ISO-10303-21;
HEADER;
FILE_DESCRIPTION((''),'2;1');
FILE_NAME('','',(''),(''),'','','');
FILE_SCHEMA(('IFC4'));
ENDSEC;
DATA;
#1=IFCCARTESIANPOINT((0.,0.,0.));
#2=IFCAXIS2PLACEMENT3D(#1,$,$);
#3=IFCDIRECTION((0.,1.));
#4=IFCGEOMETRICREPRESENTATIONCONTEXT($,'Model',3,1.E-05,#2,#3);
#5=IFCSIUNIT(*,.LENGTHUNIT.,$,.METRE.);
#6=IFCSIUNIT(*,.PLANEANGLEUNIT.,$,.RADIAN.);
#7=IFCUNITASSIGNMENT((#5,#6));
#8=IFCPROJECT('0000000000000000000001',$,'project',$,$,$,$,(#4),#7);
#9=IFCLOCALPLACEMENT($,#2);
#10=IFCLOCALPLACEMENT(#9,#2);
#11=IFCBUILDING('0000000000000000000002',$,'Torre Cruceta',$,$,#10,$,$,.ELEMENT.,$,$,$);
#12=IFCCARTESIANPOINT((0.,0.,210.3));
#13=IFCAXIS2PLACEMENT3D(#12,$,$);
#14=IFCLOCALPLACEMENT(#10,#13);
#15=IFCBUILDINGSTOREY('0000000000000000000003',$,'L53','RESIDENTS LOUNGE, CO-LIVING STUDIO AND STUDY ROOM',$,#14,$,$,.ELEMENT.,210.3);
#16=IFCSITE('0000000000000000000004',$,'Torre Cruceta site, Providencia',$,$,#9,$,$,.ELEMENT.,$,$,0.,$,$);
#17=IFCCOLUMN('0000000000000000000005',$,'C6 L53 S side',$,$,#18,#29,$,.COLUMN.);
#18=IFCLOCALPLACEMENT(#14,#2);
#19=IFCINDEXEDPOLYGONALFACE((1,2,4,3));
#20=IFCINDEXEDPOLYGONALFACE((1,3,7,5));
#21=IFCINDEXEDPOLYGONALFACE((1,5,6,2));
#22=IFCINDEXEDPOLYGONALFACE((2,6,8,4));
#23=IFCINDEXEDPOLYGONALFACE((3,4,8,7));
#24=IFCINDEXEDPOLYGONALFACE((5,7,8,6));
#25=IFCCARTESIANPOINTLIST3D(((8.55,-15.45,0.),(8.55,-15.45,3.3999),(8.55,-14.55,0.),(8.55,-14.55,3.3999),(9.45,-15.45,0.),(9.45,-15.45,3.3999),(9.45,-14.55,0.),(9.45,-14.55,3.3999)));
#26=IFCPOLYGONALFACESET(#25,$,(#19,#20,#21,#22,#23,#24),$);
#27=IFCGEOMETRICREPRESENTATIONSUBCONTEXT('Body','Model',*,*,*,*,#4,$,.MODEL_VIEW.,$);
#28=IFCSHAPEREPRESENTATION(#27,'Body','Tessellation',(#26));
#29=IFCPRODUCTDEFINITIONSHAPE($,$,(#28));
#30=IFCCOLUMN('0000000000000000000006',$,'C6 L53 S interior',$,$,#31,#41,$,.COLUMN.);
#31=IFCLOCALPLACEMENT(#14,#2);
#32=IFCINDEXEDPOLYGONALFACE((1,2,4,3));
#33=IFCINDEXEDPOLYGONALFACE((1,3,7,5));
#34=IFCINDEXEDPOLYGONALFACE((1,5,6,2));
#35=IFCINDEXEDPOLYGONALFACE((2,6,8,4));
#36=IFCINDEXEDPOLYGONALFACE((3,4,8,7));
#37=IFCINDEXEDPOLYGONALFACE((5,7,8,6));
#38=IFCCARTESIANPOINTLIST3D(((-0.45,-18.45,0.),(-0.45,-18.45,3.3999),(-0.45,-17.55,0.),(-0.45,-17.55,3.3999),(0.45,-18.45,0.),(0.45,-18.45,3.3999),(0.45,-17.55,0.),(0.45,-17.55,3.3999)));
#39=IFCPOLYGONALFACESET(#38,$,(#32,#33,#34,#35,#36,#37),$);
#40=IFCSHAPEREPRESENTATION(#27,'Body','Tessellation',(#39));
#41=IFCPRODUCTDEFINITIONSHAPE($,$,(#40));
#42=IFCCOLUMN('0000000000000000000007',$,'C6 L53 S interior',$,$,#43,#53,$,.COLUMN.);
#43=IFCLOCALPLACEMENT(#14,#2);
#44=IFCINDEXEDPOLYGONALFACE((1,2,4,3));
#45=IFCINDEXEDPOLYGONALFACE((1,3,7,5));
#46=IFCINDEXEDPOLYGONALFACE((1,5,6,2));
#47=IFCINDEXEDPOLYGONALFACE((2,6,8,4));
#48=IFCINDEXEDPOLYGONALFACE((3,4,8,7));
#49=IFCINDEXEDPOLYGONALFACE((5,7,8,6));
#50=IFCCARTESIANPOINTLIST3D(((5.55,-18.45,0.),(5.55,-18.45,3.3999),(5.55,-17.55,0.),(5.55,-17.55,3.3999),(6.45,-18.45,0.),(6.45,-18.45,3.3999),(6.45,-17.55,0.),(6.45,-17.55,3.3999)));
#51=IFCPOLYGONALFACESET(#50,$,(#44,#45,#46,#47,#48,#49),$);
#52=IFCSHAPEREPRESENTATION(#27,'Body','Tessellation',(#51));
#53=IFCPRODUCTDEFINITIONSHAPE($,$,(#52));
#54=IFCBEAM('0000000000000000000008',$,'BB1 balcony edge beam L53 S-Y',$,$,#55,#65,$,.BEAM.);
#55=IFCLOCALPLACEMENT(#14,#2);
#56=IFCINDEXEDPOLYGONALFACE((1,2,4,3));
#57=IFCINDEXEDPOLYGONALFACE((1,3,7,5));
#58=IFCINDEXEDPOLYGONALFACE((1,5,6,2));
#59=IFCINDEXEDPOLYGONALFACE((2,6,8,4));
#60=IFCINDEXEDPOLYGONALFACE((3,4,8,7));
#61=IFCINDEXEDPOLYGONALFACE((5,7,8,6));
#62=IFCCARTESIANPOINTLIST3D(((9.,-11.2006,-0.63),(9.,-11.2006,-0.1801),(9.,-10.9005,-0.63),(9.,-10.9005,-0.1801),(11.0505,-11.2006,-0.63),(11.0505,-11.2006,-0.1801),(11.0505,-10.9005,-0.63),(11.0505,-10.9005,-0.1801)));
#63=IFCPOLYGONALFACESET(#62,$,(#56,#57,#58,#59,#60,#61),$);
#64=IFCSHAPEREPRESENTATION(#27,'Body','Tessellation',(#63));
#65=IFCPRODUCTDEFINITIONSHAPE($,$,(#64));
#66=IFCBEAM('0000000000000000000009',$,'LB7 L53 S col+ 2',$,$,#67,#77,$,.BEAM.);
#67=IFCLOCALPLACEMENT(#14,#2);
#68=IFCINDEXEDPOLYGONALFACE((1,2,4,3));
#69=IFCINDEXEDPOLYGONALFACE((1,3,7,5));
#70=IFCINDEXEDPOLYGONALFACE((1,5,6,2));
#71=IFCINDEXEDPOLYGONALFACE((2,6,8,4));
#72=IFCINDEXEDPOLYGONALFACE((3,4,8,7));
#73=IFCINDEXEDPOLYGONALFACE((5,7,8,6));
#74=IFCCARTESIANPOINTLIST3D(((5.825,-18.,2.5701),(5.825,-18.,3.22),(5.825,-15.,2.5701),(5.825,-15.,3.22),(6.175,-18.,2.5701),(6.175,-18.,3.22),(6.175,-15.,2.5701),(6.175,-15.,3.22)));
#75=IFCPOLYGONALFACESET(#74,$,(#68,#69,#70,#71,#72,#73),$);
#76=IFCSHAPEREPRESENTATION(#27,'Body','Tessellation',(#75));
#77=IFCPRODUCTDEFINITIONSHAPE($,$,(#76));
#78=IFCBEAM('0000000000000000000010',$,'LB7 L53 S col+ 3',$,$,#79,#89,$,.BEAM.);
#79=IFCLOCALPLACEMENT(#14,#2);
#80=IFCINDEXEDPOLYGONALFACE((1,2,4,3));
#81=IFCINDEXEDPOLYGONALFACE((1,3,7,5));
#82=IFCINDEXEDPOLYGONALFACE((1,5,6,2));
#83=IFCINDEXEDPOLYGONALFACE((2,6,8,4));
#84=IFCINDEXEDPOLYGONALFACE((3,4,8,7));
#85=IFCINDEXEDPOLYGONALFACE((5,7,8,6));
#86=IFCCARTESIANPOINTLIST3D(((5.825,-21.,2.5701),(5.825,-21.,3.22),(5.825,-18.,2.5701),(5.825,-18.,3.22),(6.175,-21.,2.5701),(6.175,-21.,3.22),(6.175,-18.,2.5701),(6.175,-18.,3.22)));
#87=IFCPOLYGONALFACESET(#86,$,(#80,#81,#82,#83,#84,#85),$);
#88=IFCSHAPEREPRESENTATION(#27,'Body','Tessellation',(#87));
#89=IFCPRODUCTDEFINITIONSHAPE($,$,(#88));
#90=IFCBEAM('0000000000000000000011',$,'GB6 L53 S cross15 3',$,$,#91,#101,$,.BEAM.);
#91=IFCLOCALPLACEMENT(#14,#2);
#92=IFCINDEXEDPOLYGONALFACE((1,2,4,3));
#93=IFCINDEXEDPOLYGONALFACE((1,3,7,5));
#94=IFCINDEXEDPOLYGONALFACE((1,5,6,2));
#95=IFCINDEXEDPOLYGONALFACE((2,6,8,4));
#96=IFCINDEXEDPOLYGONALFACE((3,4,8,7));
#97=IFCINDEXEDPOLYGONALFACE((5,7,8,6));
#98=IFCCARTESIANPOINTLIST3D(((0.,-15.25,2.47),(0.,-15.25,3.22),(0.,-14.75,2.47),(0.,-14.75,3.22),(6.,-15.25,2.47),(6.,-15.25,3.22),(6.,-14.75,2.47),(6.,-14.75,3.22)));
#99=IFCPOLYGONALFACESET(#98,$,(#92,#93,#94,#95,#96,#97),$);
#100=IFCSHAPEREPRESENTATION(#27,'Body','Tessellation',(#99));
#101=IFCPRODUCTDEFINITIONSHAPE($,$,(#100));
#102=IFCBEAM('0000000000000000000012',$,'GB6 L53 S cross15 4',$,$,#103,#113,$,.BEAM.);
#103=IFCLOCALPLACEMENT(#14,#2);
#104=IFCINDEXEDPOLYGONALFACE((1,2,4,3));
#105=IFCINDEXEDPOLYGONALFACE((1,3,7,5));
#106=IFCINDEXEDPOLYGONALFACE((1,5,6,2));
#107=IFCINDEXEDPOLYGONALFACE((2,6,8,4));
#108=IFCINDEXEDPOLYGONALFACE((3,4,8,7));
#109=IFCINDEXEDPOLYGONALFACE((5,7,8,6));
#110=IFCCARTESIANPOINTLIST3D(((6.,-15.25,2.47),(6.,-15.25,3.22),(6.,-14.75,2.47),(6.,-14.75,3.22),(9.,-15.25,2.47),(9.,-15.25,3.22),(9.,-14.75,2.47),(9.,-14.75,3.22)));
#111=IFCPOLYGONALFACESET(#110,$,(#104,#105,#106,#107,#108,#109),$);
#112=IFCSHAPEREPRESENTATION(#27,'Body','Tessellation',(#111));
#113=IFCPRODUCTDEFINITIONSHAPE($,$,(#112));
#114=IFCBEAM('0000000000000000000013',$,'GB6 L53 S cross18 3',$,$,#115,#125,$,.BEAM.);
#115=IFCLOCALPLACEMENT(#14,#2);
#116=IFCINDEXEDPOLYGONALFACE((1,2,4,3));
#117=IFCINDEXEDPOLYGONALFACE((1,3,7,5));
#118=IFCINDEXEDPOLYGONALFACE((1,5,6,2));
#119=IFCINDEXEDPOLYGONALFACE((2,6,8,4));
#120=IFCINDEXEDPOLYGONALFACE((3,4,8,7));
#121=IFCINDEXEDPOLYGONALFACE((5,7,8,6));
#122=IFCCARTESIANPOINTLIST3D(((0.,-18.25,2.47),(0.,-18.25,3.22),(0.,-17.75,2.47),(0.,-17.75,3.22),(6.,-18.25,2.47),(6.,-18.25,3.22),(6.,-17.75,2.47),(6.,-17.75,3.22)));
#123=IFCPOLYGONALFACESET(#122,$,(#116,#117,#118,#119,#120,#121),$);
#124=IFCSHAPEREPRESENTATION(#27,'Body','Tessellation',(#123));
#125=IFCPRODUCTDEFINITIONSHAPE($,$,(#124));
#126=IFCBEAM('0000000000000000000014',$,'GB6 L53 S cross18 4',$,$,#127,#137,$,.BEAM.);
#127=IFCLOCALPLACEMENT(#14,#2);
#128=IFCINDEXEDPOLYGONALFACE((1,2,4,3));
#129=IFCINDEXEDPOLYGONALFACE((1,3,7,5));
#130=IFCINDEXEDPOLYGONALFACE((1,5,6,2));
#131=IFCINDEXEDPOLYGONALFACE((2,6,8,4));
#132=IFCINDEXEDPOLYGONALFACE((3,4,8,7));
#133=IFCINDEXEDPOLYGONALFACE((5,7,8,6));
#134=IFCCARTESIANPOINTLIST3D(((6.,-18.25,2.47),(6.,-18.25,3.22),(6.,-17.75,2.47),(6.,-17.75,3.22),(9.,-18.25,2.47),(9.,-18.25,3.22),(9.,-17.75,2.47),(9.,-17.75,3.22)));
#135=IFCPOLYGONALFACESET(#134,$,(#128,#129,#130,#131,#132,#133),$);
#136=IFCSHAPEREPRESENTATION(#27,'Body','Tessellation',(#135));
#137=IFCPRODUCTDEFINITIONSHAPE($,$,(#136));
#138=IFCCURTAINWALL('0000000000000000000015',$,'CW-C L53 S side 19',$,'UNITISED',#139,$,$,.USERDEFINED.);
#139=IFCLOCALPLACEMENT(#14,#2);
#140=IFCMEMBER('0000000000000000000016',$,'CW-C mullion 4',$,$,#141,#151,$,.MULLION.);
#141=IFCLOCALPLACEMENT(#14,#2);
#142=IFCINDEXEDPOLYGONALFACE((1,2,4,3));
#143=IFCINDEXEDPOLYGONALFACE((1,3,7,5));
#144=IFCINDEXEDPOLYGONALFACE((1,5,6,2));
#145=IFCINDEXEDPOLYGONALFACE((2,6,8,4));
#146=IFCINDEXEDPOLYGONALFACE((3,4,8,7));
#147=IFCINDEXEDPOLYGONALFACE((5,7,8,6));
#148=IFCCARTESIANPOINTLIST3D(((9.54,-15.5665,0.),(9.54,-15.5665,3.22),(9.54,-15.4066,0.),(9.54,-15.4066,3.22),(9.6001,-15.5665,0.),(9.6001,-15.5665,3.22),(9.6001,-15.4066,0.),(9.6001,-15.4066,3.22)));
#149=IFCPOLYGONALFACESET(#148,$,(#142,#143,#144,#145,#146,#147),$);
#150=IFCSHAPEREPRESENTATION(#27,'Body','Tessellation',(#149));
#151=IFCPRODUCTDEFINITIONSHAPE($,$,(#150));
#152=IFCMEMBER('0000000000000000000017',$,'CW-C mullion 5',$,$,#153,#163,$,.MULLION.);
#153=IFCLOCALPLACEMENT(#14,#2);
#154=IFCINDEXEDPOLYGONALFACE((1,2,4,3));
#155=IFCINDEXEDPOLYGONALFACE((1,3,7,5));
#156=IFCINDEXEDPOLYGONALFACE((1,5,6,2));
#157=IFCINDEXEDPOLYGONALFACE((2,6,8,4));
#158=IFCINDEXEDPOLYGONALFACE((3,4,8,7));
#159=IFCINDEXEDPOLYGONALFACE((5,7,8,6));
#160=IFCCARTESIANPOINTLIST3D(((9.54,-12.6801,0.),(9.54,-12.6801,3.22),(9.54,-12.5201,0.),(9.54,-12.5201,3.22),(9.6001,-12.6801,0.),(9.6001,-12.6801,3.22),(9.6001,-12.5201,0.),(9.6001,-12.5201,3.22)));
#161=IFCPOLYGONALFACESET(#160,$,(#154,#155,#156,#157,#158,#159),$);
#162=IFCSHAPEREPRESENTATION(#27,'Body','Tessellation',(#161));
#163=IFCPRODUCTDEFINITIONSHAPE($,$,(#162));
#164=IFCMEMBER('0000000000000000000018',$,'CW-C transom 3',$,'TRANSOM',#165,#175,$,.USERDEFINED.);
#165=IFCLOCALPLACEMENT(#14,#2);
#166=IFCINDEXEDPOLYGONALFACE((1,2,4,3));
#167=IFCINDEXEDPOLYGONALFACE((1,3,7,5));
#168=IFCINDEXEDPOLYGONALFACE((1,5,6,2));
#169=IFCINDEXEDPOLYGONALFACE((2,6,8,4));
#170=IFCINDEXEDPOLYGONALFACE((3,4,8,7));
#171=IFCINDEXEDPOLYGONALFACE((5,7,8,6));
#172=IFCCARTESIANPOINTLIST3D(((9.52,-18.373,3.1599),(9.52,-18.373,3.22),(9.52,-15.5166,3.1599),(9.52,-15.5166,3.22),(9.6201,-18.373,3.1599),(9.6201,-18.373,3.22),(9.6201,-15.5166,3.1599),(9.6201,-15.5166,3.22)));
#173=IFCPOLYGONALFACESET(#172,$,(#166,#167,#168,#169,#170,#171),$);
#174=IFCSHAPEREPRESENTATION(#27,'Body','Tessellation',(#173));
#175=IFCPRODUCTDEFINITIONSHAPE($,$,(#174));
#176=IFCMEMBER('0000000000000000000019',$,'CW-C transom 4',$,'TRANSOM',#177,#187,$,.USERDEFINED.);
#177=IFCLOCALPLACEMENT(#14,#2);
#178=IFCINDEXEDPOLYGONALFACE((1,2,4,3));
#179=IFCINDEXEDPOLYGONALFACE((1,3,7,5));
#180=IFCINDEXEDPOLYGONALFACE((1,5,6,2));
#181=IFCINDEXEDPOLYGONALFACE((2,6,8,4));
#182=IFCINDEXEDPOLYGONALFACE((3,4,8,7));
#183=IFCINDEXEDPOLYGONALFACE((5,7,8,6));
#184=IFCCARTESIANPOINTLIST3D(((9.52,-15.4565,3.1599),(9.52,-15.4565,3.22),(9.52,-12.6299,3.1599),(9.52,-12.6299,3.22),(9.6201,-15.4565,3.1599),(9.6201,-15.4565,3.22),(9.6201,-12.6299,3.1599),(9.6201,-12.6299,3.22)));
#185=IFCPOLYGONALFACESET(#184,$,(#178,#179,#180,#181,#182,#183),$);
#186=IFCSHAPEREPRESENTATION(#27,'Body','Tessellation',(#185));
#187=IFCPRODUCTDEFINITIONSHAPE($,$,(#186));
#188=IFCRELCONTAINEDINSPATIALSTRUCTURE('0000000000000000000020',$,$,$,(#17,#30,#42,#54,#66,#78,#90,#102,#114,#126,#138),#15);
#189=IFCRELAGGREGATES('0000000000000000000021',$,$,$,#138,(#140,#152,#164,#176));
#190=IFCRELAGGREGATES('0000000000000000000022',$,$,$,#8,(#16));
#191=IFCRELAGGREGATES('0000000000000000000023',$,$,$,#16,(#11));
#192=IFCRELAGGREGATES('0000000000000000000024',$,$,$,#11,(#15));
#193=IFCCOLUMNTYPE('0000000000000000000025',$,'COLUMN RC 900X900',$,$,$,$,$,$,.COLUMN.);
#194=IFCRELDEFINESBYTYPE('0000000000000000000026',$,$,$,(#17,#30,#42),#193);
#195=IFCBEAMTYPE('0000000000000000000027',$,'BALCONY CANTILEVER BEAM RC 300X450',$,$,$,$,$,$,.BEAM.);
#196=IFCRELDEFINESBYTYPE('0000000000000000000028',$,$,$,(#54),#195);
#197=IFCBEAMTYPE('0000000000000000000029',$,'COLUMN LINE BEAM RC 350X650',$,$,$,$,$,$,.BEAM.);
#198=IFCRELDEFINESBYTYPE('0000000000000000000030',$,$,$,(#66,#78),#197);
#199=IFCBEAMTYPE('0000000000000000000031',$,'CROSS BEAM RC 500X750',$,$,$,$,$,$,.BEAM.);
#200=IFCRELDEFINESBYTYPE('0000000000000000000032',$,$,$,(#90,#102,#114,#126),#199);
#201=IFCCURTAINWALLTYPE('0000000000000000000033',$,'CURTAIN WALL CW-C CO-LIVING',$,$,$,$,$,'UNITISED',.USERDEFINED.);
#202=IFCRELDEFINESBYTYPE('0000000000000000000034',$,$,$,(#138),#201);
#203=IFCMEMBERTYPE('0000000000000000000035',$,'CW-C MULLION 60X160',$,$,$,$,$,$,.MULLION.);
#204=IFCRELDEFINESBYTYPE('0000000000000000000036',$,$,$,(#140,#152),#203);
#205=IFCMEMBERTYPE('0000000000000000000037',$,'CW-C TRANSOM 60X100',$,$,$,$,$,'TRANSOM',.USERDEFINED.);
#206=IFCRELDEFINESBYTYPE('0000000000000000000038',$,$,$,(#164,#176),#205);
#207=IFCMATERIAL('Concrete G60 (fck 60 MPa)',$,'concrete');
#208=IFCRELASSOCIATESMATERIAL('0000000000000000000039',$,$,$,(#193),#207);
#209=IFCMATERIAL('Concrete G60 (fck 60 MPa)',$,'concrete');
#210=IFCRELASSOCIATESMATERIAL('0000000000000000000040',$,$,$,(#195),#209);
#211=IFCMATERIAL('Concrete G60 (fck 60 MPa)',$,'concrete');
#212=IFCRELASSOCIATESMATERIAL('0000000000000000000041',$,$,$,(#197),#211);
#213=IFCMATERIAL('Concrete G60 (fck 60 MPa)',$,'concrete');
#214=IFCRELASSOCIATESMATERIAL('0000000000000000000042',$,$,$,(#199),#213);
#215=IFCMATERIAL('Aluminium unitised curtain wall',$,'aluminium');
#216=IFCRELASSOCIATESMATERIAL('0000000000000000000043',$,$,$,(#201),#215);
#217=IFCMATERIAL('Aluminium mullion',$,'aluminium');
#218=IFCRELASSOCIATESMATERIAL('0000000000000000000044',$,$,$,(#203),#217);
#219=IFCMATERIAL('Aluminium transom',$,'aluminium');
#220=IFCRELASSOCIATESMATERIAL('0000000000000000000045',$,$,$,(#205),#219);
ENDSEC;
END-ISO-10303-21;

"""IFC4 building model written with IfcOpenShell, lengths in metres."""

from ifc_helpers import new_model, si_unit, direction, frame, origin, origin_2d, place, context, subcontext, project, spatial, rectangle, extrude, material, material_profile, profile_set, type_object, element, aggregate, save


model = new_model("IFC4")

# Units and contexts
model_context = context("Model", 3, precision=1e-05, world=origin(), true_north=direction((0.0, 1.0)))
body_context = subcontext(model_context, "Body", "Model", "MODEL_VIEW")
ifc_project = project(units=[si_unit("LENGTHUNIT", "METRE"), si_unit("PLANEANGLEUNIT", "RADIAN")], contexts=[model_context])

# Site, building, storey
site_placement = place(None, origin())
site = spatial("IfcSite", under=ifc_project, at=site_placement, Name="Torre Cruceta site, Providencia", CompositionType="ELEMENT", RefElevation=0.0)
building_placement = place(site_placement, origin())
building = spatial("IfcBuilding", under=site, at=building_placement, Name="Torre Cruceta", CompositionType="ELEMENT")
storey_placement = place(building_placement, frame((0.0, 0.0, 210.3)))
storey = spatial("IfcBuildingStorey", under=building, at=storey_placement, Name="L53", Description="RESIDENTS LOUNGE, CO-LIVING STUDIO AND STUDY ROOM", CompositionType="ELEMENT", Elevation=210.3)

# Columns
ifc_material_1 = material(Name="Concrete G60 (fck 60 MPa)", Category="concrete")
ifc_material_profile_1 = material_profile(ifc_material_1, rectangle(XDim=0.8999, YDim=0.8999, at=origin_2d()), Name="RC 900X900")
ifc_profile_set_1 = profile_set([ifc_material_profile_1], Name="Concrete G60 (fck 60 MPa)")
column_type = type_object("IfcColumnType", Name="COLUMN RC 900X900", PredefinedType="COLUMN", material=ifc_profile_set_1)
for number, where, z_axis, x_axis, name in (
    (1, (9.0, -15.0, 0.0), (0.0, 0.0, 1.0), (1.0, 0.0, 0.0), "C6 L53 S side"),
    (2, (0.0, -18.0, 0.0), (0.0, 0.0, 1.0), (1.0, 0.0, 0.0), "C6 L53 S interior"),
    (3, (6.0, -18.0, 0.0), (0.0, 0.0, 1.0), (1.0, 0.0, 0.0), "C6 L53 S interior"),
):
    element("IfcColumn", number, at=place(storey_placement, frame(where, z_axis=z_axis, x_axis=x_axis)), inside=storey, type_object=column_type, Name=name, PredefinedType="COLUMN", context=body_context, shape_type="SweptSolid", body=[
        extrude(rectangle(XDim=0.8999, YDim=0.8999, at=origin_2d()), origin(), (0.0, 0.0, 1.0), 3.3999),
    ])

# Beams
ifc_material_2 = material(Name="Concrete G60 (fck 60 MPa)", Category="concrete")
ifc_material_profile_2 = material_profile(ifc_material_2, rectangle(XDim=0.3, YDim=0.45, at=origin_2d()), Name="RC 300X450")
ifc_profile_set_2 = profile_set([ifc_material_profile_2], Name="Concrete G60 (fck 60 MPa)")
beam_type_1 = type_object("IfcBeamType", Name="BALCONY CANTILEVER BEAM RC 300X450", PredefinedType="BEAM", material=ifc_profile_set_2)
beam_1_placement = place(storey_placement, frame((9.0, -11.0505, -0.405), z_axis=(1.0, 0.0, 0.0), x_axis=(0.0, 1.0, 0.0)))
element("IfcBeam", 4, at=beam_1_placement, inside=storey, type_object=beam_type_1, Name="BB1 balcony edge beam L53 S-Y", PredefinedType="BEAM", context=body_context, shape_type="SweptSolid", body=[
    extrude(rectangle(XDim=0.3, YDim=0.45, at=origin_2d()), origin(), (0.0, 0.0, 1.0), 2.0505),
])
ifc_material_3 = material(Name="Concrete G60 (fck 60 MPa)", Category="concrete")
ifc_material_profile_3 = material_profile(ifc_material_3, rectangle(XDim=0.3501, YDim=0.6499, at=origin_2d()), Name="RC 350X650")
ifc_profile_set_3 = profile_set([ifc_material_profile_3], Name="Concrete G60 (fck 60 MPa)")
beam_type_2 = type_object("IfcBeamType", Name="COLUMN LINE BEAM RC 350X650", PredefinedType="BEAM", material=ifc_profile_set_3)
for number, where, z_axis, x_axis, name in (
    (5, (6.0, -15.0, 2.895), (0.0, -1.0, 0.0), (1.0, 0.0, 0.0), "LB7 L53 S col+ 2"),
    (6, (6.0, -18.0, 2.895), (0.0, -1.0, 0.0), (1.0, 0.0, 0.0), "LB7 L53 S col+ 3"),
):
    element("IfcBeam", number, at=place(storey_placement, frame(where, z_axis=z_axis, x_axis=x_axis)), inside=storey, type_object=beam_type_2, Name=name, PredefinedType="BEAM", context=body_context, shape_type="SweptSolid", body=[
        extrude(rectangle(XDim=0.3501, YDim=0.6499, at=origin_2d()), origin(), (0.0, 0.0, 1.0), 3.0),
    ])
ifc_material_4 = material(Name="Concrete G60 (fck 60 MPa)", Category="concrete")
ifc_material_profile_4 = material_profile(ifc_material_4, rectangle(XDim=0.5, YDim=0.75, at=origin_2d()), Name="RC 500X750")
ifc_profile_set_4 = profile_set([ifc_material_profile_4], Name="Concrete G60 (fck 60 MPa)")
beam_type_3 = type_object("IfcBeamType", Name="CROSS BEAM RC 500X750", PredefinedType="BEAM", material=ifc_profile_set_4)
beam_2_placement = place(storey_placement, frame((0.0, -15.0, 2.845), z_axis=(1.0, 0.0, 0.0), x_axis=(0.0, 1.0, 0.0)))
element("IfcBeam", 7, at=beam_2_placement, inside=storey, type_object=beam_type_3, Name="GB6 L53 S cross15 3", PredefinedType="BEAM", context=body_context, shape_type="SweptSolid", body=[
    extrude(rectangle(XDim=0.5, YDim=0.75, at=origin_2d()), origin(), (0.0, 0.0, 1.0), 6.0),
])
beam_3_placement = place(storey_placement, frame((6.0, -15.0, 2.845), z_axis=(1.0, 0.0, 0.0), x_axis=(0.0, 1.0, 0.0)))
element("IfcBeam", 8, at=beam_3_placement, inside=storey, type_object=beam_type_3, Name="GB6 L53 S cross15 4", PredefinedType="BEAM", context=body_context, shape_type="SweptSolid", body=[
    extrude(rectangle(XDim=0.5, YDim=0.75, at=origin_2d()), origin(), (0.0, 0.0, 1.0), 3.0),
])
beam_4_placement = place(storey_placement, frame((0.0, -18.0, 2.845), z_axis=(1.0, 0.0, 0.0), x_axis=(0.0, 1.0, 0.0)))
element("IfcBeam", 9, at=beam_4_placement, inside=storey, type_object=beam_type_3, Name="GB6 L53 S cross18 3", PredefinedType="BEAM", context=body_context, shape_type="SweptSolid", body=[
    extrude(rectangle(XDim=0.5, YDim=0.75, at=origin_2d()), origin(), (0.0, 0.0, 1.0), 6.0),
])
beam_5_placement = place(storey_placement, frame((6.0, -18.0, 2.845), z_axis=(1.0, 0.0, 0.0), x_axis=(0.0, 1.0, 0.0)))
element("IfcBeam", 10, at=beam_5_placement, inside=storey, type_object=beam_type_3, Name="GB6 L53 S cross18 4", PredefinedType="BEAM", context=body_context, shape_type="SweptSolid", body=[
    extrude(rectangle(XDim=0.5, YDim=0.75, at=origin_2d()), origin(), (0.0, 0.0, 1.0), 3.0),
])

# Curtain wall, members
ifc_material_5 = material(Name="Aluminium unitised curtain wall", Category="aluminium")
curtain_wall_type = type_object("IfcCurtainWallType", Name="CURTAIN WALL CW-C CO-LIVING", ElementType="UNITISED", PredefinedType="USERDEFINED", material=ifc_material_5)
curtain_wall_placement = place(storey_placement, origin())
curtain_wall = element("IfcCurtainWall", 11, at=curtain_wall_placement, inside=storey, type_object=curtain_wall_type, Name="CW-C L53 S side 19", ObjectType="UNITISED", PredefinedType="USERDEFINED")
ifc_material_6 = material(Name="Aluminium mullion", Category="aluminium")
ifc_material_profile_5 = material_profile(ifc_material_6, rectangle(XDim=0.0601, YDim=0.1599, at=origin_2d()), Name="AL 60X160")
ifc_profile_set_5 = profile_set([ifc_material_profile_5], Name="Aluminium mullion")
member_type_1 = type_object("IfcMemberType", Name="CW-C MULLION 60X160", PredefinedType="MULLION", material=ifc_profile_set_5)
member_1_placement = place(storey_placement, frame((9.5701, -15.4866, 0.0), z_axis=(0.0, 0.0, 1.0), x_axis=(-1.0, 0.0, 0.0)))
member_1 = element("IfcMember", 12, at=member_1_placement, type_object=member_type_1, Name="CW-C mullion 4", PredefinedType="MULLION", context=body_context, shape_type="SweptSolid", body=[
    extrude(rectangle(XDim=0.0601, YDim=0.1599, at=origin_2d()), origin(), (0.0, 0.0, 1.0), 3.22),
])
member_2_placement = place(storey_placement, frame((9.5701, -12.6001, 0.0), z_axis=(0.0, 0.0, 1.0), x_axis=(-1.0, 0.0, 0.0)))
member_2 = element("IfcMember", 13, at=member_2_placement, type_object=member_type_1, Name="CW-C mullion 5", PredefinedType="MULLION", context=body_context, shape_type="SweptSolid", body=[
    extrude(rectangle(XDim=0.0601, YDim=0.1599, at=origin_2d()), origin(), (0.0, 0.0, 1.0), 3.22),
])
ifc_material_7 = material(Name="Aluminium transom", Category="aluminium")
ifc_material_profile_6 = material_profile(ifc_material_7, rectangle(XDim=0.1001, YDim=0.0601, at=origin_2d()), Name="AL 100X60")
ifc_profile_set_6 = profile_set([ifc_material_profile_6], Name="Aluminium transom")
member_type_2 = type_object("IfcMemberType", Name="CW-C TRANSOM 60X100", ElementType="TRANSOM", PredefinedType="USERDEFINED", material=ifc_profile_set_6)
member_3_placement = place(storey_placement, frame((9.5701, -18.373, 3.1899), z_axis=(0.0, 1.0, 0.0), x_axis=(-1.0, 0.0, 0.0)))
member_3 = element("IfcMember", 14, at=member_3_placement, type_object=member_type_2, Name="CW-C transom 3", ObjectType="TRANSOM", PredefinedType="USERDEFINED", context=body_context, shape_type="SweptSolid", body=[
    extrude(rectangle(XDim=0.1001, YDim=0.0601, at=origin_2d()), origin(), (0.0, 0.0, 1.0), 2.8564),
])
member_4_placement = place(storey_placement, frame((9.5701, -15.4565, 3.1899), z_axis=(0.0, 1.0, 0.0), x_axis=(-1.0, 0.0, 0.0)))
member_4 = element("IfcMember", 15, at=member_4_placement, type_object=member_type_2, Name="CW-C transom 4", ObjectType="TRANSOM", PredefinedType="USERDEFINED", context=body_context, shape_type="SweptSolid", body=[
    extrude(rectangle(XDim=0.1001, YDim=0.0601, at=origin_2d()), origin(), (0.0, 0.0, 1.0), 2.8267),
])

aggregate(curtain_wall, [member_1, member_2, member_3, member_4])

save(model, "model.ifc")
